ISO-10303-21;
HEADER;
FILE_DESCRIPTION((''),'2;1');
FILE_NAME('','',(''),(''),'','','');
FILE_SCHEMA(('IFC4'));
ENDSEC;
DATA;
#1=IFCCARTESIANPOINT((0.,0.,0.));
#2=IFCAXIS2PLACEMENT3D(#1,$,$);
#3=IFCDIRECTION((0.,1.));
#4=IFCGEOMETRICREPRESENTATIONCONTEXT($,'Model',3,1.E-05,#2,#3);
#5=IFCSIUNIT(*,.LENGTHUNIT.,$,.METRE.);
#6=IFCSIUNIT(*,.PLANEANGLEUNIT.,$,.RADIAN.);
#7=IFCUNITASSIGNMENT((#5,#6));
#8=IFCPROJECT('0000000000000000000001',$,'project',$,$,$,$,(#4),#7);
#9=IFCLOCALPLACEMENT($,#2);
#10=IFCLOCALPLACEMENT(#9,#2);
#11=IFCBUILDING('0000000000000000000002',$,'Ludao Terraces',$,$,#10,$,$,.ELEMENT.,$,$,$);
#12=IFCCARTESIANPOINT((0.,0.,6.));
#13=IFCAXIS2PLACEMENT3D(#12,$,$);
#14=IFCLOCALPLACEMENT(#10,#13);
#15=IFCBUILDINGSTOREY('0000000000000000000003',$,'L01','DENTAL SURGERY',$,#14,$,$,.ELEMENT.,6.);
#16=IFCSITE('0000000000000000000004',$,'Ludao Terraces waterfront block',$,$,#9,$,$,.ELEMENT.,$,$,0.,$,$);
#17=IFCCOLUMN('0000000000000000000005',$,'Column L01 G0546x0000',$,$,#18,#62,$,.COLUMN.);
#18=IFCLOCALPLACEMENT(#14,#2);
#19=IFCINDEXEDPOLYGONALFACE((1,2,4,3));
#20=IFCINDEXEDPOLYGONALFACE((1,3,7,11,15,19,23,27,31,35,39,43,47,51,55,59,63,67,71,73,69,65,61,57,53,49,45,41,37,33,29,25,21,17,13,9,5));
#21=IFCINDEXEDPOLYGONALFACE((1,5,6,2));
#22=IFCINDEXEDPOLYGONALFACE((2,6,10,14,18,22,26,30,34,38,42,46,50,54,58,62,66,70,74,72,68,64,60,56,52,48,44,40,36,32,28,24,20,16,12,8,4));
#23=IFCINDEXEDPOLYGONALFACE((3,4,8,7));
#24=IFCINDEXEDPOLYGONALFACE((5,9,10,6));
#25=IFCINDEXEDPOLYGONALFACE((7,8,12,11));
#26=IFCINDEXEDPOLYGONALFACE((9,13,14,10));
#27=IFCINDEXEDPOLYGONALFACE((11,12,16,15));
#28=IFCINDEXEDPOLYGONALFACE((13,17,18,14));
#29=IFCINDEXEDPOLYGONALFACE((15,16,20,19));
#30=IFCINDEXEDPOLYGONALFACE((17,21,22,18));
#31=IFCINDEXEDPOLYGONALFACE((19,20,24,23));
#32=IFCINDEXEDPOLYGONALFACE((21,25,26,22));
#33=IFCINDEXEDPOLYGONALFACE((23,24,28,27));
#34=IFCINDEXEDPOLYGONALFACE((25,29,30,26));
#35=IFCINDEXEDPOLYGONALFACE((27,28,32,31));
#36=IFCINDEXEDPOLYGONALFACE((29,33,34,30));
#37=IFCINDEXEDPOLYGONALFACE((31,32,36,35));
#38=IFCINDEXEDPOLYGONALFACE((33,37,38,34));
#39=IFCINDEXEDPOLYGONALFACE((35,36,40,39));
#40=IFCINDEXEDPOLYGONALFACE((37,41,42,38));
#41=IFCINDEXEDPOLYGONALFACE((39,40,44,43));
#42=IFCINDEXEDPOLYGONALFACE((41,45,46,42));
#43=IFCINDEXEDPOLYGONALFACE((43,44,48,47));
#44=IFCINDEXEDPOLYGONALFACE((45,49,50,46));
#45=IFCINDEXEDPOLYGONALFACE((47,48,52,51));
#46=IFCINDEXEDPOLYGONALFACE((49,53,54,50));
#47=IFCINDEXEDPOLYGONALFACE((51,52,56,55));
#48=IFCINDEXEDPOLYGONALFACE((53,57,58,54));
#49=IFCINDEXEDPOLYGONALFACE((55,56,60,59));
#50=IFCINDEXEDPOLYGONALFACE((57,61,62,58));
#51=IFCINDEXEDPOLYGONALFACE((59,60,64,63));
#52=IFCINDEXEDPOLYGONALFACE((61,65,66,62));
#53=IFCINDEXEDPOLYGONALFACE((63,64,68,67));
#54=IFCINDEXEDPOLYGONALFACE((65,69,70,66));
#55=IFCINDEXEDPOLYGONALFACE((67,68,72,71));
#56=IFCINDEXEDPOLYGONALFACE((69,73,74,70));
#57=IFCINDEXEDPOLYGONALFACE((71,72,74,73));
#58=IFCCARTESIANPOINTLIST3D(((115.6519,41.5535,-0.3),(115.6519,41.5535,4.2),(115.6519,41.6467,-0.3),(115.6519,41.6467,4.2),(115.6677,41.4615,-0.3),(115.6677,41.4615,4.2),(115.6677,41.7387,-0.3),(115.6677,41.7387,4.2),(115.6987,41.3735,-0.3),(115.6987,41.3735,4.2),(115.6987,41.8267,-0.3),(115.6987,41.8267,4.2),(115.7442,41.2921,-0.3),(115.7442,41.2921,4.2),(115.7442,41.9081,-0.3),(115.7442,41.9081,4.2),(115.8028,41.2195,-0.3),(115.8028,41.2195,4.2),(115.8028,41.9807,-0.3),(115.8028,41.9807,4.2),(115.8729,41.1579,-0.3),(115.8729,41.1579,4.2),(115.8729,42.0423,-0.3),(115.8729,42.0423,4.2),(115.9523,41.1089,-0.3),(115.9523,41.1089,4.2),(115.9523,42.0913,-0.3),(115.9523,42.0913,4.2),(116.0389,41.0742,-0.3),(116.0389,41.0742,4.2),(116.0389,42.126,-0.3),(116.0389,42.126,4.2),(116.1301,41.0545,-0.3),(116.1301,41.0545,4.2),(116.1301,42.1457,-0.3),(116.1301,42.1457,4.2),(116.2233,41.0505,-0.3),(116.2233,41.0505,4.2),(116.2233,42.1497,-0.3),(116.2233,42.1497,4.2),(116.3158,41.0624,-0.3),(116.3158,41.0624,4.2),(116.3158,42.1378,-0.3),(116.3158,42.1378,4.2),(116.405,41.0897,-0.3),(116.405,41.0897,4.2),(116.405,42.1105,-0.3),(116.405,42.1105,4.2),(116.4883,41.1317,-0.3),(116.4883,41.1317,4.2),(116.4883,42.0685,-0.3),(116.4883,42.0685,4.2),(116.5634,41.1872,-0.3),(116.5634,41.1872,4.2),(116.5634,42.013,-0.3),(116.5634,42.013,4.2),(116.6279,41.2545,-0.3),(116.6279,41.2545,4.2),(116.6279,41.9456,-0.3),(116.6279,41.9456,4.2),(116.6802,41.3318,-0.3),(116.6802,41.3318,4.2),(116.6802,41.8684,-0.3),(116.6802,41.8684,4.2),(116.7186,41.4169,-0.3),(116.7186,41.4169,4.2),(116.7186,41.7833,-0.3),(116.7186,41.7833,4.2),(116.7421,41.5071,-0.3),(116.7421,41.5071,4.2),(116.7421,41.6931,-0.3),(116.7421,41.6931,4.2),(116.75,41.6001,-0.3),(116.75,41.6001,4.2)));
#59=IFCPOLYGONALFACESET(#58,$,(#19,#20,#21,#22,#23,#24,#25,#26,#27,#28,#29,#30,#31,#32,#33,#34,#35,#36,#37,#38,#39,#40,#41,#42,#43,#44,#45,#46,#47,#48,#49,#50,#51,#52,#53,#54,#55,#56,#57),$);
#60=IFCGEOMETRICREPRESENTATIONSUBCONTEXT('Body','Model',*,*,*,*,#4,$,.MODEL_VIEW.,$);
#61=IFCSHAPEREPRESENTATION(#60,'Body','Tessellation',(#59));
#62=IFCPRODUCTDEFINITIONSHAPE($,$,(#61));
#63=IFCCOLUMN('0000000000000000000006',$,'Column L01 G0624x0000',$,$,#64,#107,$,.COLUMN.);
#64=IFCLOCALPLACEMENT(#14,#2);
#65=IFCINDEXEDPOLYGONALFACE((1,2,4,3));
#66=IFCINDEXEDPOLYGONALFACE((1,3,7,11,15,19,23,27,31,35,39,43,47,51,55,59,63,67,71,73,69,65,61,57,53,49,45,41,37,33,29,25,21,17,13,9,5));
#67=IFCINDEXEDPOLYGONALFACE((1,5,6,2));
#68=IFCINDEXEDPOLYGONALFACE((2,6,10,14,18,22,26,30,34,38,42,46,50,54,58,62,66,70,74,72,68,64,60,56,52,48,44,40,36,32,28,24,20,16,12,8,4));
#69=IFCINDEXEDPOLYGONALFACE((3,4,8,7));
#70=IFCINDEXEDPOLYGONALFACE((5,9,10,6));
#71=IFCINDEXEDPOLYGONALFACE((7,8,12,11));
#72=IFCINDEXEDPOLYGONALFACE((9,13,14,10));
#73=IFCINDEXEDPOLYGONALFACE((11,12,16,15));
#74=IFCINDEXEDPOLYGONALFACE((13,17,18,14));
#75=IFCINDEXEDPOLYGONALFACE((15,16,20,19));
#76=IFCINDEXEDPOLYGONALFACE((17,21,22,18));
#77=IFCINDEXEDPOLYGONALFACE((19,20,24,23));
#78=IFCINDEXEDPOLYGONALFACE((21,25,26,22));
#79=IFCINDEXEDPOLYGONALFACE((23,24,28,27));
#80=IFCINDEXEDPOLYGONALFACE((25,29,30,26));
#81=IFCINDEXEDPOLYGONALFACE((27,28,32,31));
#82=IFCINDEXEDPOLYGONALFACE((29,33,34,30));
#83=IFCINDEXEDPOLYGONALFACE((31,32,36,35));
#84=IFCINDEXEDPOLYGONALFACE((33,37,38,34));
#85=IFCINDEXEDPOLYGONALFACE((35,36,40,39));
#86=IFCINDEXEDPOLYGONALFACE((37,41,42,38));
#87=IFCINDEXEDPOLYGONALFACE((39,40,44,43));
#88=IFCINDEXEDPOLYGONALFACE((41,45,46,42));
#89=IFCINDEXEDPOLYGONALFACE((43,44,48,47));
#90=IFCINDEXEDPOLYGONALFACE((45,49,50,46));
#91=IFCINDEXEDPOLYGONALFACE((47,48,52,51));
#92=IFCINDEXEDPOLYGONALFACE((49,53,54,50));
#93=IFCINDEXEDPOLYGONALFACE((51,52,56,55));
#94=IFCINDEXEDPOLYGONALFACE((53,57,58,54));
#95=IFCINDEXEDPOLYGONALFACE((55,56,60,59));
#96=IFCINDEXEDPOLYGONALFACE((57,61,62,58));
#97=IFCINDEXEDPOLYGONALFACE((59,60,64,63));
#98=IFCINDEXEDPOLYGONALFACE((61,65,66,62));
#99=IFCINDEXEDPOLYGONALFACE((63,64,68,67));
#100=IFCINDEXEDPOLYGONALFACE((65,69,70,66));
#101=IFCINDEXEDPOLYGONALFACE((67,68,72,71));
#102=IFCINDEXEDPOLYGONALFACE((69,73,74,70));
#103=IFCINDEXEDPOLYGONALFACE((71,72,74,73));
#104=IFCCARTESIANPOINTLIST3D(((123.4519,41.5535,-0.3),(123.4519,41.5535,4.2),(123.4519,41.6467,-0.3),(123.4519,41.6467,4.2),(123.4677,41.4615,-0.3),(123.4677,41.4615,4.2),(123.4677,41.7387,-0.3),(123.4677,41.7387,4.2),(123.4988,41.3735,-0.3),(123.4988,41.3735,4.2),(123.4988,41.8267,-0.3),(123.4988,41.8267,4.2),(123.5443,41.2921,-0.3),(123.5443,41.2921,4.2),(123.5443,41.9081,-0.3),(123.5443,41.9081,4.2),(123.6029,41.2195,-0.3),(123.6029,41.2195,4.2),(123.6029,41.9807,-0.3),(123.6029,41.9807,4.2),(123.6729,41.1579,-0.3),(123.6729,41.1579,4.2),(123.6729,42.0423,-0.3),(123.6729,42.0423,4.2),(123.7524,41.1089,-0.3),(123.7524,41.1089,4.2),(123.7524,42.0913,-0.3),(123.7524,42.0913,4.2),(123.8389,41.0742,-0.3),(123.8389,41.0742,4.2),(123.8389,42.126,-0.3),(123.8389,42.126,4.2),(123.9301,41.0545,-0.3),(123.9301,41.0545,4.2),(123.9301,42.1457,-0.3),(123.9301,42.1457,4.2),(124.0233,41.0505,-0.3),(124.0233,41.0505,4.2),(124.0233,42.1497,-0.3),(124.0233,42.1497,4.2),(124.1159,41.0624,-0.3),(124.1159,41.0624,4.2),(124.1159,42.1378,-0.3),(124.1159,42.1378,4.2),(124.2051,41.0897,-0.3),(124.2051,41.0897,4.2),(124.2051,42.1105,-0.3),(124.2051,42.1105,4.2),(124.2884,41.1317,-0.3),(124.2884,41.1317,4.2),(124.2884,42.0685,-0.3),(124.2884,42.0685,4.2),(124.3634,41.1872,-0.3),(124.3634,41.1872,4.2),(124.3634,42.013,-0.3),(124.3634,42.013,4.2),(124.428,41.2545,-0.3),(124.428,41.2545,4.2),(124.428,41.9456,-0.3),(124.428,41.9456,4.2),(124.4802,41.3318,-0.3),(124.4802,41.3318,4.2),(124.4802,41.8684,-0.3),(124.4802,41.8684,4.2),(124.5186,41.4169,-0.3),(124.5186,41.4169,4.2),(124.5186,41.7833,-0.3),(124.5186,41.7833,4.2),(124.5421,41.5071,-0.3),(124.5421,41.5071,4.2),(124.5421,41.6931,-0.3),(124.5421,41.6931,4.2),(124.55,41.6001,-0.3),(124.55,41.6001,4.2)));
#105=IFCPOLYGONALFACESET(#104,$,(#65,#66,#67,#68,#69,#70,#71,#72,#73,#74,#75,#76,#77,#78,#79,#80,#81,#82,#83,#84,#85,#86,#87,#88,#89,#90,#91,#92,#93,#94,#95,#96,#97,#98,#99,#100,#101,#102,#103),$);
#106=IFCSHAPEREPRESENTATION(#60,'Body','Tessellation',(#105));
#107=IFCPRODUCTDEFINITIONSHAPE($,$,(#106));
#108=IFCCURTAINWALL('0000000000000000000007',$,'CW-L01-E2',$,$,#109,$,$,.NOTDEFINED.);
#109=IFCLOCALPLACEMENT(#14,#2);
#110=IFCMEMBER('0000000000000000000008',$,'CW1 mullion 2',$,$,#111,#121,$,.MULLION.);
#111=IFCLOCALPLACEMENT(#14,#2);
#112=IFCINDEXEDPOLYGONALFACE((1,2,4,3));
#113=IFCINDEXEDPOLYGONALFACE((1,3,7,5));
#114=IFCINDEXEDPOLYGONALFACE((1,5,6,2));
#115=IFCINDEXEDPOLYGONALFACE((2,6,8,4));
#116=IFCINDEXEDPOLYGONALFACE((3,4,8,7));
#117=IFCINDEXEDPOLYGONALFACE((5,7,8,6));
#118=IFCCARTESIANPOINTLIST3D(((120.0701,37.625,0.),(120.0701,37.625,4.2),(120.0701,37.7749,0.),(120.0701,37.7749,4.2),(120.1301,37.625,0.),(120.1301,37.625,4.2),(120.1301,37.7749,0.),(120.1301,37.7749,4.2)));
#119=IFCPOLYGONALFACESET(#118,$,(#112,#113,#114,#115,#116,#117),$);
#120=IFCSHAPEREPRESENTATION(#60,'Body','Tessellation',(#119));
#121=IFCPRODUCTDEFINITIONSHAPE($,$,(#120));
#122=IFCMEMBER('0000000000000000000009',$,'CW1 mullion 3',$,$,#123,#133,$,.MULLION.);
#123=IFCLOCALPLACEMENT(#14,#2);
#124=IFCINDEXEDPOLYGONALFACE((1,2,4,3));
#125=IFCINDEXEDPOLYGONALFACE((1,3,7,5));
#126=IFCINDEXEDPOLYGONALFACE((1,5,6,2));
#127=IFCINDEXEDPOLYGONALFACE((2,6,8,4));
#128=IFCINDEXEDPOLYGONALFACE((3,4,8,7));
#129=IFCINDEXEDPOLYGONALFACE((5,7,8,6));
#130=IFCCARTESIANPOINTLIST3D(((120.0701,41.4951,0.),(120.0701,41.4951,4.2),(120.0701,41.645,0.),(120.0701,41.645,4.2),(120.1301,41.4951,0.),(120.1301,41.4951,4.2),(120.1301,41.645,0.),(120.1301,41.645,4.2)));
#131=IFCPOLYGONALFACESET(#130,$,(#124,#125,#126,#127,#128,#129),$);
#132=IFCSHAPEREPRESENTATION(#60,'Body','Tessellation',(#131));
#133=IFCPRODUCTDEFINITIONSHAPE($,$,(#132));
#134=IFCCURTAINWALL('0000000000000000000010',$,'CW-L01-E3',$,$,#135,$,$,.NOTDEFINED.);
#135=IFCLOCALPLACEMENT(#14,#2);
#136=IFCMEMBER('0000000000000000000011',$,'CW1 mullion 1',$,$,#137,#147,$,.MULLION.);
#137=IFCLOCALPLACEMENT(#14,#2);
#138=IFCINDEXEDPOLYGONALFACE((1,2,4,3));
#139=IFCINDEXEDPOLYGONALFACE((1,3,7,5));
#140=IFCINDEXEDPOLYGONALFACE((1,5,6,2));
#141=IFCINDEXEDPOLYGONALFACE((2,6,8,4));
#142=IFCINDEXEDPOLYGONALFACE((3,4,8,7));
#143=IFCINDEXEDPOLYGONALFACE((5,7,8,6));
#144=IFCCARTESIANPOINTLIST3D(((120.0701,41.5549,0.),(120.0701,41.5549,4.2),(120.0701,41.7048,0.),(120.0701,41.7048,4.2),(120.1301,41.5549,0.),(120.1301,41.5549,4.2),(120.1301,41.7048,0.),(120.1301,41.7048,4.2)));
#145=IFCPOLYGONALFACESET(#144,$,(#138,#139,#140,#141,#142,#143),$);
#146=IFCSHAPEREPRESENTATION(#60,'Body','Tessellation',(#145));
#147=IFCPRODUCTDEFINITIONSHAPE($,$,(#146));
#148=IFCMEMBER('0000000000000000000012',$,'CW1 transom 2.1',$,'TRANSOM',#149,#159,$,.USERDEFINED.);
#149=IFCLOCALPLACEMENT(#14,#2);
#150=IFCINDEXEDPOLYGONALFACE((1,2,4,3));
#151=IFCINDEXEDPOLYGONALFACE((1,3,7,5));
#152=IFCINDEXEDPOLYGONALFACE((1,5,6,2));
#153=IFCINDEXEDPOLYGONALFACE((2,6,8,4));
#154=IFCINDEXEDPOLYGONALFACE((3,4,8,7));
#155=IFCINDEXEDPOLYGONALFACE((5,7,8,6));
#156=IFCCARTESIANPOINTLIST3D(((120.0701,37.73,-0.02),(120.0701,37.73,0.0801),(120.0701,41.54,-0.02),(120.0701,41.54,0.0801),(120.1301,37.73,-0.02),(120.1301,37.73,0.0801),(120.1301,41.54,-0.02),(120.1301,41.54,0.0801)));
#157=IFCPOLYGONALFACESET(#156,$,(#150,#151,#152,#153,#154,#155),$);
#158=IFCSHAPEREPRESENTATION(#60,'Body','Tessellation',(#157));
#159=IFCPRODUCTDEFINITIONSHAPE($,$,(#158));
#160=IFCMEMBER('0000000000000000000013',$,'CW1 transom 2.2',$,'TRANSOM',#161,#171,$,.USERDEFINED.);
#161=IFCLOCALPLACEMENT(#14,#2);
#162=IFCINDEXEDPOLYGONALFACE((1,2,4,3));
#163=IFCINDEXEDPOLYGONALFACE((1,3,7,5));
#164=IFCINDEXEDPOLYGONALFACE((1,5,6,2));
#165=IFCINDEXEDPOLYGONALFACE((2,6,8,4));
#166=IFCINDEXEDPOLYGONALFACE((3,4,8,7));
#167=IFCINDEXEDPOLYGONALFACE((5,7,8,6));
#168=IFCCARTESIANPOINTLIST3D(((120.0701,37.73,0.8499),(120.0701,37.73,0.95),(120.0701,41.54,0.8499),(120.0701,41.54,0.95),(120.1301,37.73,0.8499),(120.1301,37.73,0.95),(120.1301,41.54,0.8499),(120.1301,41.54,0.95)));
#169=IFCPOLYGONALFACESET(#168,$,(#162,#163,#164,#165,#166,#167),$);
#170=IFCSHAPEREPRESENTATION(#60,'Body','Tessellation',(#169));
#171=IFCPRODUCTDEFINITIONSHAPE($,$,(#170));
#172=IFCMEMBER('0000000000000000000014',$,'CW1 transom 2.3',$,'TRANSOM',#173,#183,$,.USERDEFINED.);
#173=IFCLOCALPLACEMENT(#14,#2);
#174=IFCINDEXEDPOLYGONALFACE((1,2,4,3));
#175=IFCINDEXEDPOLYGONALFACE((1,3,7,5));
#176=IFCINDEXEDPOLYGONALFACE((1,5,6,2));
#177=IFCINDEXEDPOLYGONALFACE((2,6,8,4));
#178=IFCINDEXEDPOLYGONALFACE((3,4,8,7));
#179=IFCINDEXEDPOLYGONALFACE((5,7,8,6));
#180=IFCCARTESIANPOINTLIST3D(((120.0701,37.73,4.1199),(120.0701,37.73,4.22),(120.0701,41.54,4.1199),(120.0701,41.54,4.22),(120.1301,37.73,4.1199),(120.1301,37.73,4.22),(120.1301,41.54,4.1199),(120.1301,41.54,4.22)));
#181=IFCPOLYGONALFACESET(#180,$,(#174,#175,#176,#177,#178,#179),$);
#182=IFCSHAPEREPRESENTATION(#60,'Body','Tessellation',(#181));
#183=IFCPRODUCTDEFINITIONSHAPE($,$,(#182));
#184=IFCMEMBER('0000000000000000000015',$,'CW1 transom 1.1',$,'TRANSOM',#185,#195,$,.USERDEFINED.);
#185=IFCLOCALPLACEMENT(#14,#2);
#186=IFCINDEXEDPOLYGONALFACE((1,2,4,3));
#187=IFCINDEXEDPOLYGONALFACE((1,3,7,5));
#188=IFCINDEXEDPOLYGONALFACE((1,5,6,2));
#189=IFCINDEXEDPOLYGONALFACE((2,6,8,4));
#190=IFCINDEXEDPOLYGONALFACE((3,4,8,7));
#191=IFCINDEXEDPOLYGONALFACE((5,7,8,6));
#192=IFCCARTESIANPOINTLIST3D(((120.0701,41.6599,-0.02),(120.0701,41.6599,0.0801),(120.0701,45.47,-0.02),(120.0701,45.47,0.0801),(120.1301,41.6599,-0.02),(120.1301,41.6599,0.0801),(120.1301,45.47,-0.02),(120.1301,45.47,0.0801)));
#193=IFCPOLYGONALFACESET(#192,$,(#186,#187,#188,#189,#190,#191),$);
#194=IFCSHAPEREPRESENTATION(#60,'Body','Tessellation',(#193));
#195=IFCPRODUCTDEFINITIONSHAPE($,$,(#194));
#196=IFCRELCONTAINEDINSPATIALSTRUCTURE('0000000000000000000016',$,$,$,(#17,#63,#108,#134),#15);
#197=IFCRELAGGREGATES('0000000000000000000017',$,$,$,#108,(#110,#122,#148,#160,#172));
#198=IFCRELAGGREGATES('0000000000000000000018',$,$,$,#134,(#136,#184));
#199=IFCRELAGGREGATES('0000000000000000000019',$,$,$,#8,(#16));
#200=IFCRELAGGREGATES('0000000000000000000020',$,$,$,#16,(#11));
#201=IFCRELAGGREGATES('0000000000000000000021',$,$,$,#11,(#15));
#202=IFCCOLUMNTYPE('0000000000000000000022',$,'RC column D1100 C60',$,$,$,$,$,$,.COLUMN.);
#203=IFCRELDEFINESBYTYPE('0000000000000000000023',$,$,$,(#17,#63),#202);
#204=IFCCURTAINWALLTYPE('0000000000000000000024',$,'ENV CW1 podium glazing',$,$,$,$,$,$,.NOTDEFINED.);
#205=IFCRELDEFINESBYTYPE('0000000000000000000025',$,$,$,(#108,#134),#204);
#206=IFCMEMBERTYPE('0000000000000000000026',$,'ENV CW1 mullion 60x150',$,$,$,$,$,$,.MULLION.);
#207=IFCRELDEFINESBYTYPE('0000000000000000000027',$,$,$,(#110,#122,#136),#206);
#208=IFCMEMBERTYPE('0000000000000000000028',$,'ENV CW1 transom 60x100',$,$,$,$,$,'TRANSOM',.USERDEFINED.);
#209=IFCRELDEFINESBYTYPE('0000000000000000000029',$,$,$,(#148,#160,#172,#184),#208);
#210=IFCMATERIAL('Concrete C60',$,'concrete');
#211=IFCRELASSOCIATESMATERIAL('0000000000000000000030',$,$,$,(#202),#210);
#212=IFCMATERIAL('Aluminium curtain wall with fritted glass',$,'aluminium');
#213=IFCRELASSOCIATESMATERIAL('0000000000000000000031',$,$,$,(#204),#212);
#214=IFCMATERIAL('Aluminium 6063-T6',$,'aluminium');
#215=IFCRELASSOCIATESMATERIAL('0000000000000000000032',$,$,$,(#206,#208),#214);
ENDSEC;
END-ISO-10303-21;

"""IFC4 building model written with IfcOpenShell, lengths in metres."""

from ifc_helpers import new_model, si_unit, direction, frame, origin, origin_2d, place, context, subcontext, project, spatial, rectangle, circle, extrude, material, material_profile, profile_set, type_object, element, aggregate, save


model = new_model("IFC4")

# Units and contexts
model_context = context("Model", 3, precision=1e-05, world=origin(), true_north=direction((0.0, 1.0)))
body_context = subcontext(model_context, "Body", "Model", "MODEL_VIEW")
ifc_project = project(units=[si_unit("LENGTHUNIT", "METRE"), si_unit("PLANEANGLEUNIT", "RADIAN")], contexts=[model_context])

# Site, building, storey
site_placement = place(None, origin())
site = spatial("IfcSite", under=ifc_project, at=site_placement, Name="Ludao Terraces waterfront block", CompositionType="ELEMENT", RefElevation=0.0)
building_placement = place(site_placement, origin())
building = spatial("IfcBuilding", under=site, at=building_placement, Name="Ludao Terraces", CompositionType="ELEMENT")
storey_placement = place(building_placement, frame((0.0, 0.0, 6.0)))
storey = spatial("IfcBuildingStorey", under=building, at=storey_placement, Name="L01", Description="DENTAL SURGERY", CompositionType="ELEMENT", Elevation=6.0)

# Columns
ifc_material_1 = material(Name="Concrete C60", Category="concrete")
ifc_material_profile_1 = material_profile(ifc_material_1, circle(Radius=0.55, at=origin_2d()), Name="D1100")
ifc_profile_set_1 = profile_set([ifc_material_profile_1], Name="Concrete C60")
column_type = type_object("IfcColumnType", Name="RC column D1100 C60", PredefinedType="COLUMN", material=ifc_profile_set_1)
for number, where, z_axis, x_axis, name in (
    (1, (116.2, 41.6001, -0.3), (0.0, 0.0, 1.0), (1.0, 0.0, 0.0), "Column L01 G0546x0000"),
    (2, (124.0, 41.6001, -0.3), (0.0, 0.0, 1.0), (1.0, 0.0, 0.0), "Column L01 G0624x0000"),
):
    element("IfcColumn", number, at=place(storey_placement, frame(where, z_axis=z_axis, x_axis=x_axis)), inside=storey, type_object=column_type, Name=name, PredefinedType="COLUMN", context=body_context, shape_type="SweptSolid", body=[
        extrude(circle(Radius=0.55, at=origin_2d()), origin(), (0.0, 0.0, 1.0), 4.5),
    ])

# Curtain wall, members
ifc_material_2 = material(Name="Aluminium curtain wall with fritted glass", Category="aluminium")
curtain_wall_type = type_object("IfcCurtainWallType", Name="ENV CW1 podium glazing", PredefinedType="NOTDEFINED", material=ifc_material_2)
curtain_wall_1_placement = place(storey_placement, origin())
curtain_wall_1 = element("IfcCurtainWall", 3, at=curtain_wall_1_placement, inside=storey, type_object=curtain_wall_type, Name="CW-L01-E2", PredefinedType="NOTDEFINED")
ifc_material_3 = material(Name="Aluminium 6063-T6", Category="aluminium")
ifc_material_profile_2 = material_profile(ifc_material_3, rectangle(XDim=0.0601, YDim=0.1499, at=origin_2d()), Name="60 X 150")
ifc_profile_set_2 = profile_set([ifc_material_profile_2], Name="Aluminium 6063-T6")
member_type_1 = type_object("IfcMemberType", Name="ENV CW1 mullion 60x150", PredefinedType="MULLION", material=ifc_profile_set_2)
member_1_placement = place(storey_placement, frame((120.1001, 37.7, 0.0), z_axis=(0.0, 0.0, 1.0), x_axis=(-1.0, 0.0, 0.0)))
member_1 = element("IfcMember", 4, at=member_1_placement, type_object=member_type_1, Name="CW1 mullion 2", PredefinedType="MULLION", context=body_context, shape_type="SweptSolid", body=[
    extrude(rectangle(XDim=0.0601, YDim=0.1499, at=origin_2d()), origin(), (0.0, 0.0, 1.0), 4.2),
])
member_2_placement = place(storey_placement, frame((120.1001, 41.5701, 0.0), z_axis=(0.0, 0.0, 1.0), x_axis=(-1.0, 0.0, 0.0)))
member_2 = element("IfcMember", 5, at=member_2_placement, type_object=member_type_1, Name="CW1 mullion 3", PredefinedType="MULLION", context=body_context, shape_type="SweptSolid", body=[
    extrude(rectangle(XDim=0.0601, YDim=0.1499, at=origin_2d()), origin(), (0.0, 0.0, 1.0), 4.2),
])

# Curtain wall, member
curtain_wall_2_placement = place(storey_placement, origin())
curtain_wall_2 = element("IfcCurtainWall", 6, at=curtain_wall_2_placement, inside=storey, type_object=curtain_wall_type, Name="CW-L01-E3", PredefinedType="NOTDEFINED")
member_3_placement = place(storey_placement, frame((120.1001, 41.6299, 0.0), z_axis=(0.0, 0.0, 1.0), x_axis=(-1.0, 0.0, 0.0)))
member_3 = element("IfcMember", 7, at=member_3_placement, type_object=member_type_1, Name="CW1 mullion 1", PredefinedType="MULLION", context=body_context, shape_type="SweptSolid", body=[
    extrude(rectangle(XDim=0.0601, YDim=0.1499, at=origin_2d()), origin(), (0.0, 0.0, 1.0), 4.2),
])

# Members
ifc_material_profile_3 = material_profile(ifc_material_3, rectangle(XDim=0.0601, YDim=0.1001, at=origin_2d()), Name="60 X 100")
ifc_profile_set_3 = profile_set([ifc_material_profile_3], Name="Aluminium 6063-T6")
member_type_2 = type_object("IfcMemberType", Name="ENV CW1 transom 60x100", ElementType="TRANSOM", PredefinedType="USERDEFINED", material=ifc_profile_set_3)
member_4_placement = place(storey_placement, frame((120.1001, 37.73, 0.03), z_axis=(0.0, 1.0, 0.0), x_axis=(-1.0, 0.0, 0.0)))
member_4 = element("IfcMember", 8, at=member_4_placement, type_object=member_type_2, Name="CW1 transom 2.1", ObjectType="TRANSOM", PredefinedType="USERDEFINED", context=body_context, shape_type="SweptSolid", body=[
    extrude(rectangle(XDim=0.0601, YDim=0.1001, at=origin_2d()), origin(), (0.0, 0.0, 1.0), 3.8101),
])
member_5_placement = place(storey_placement, frame((120.1001, 37.73, 0.8999), z_axis=(0.0, 1.0, 0.0), x_axis=(-1.0, 0.0, 0.0)))
member_5 = element("IfcMember", 9, at=member_5_placement, type_object=member_type_2, Name="CW1 transom 2.2", ObjectType="TRANSOM", PredefinedType="USERDEFINED", context=body_context, shape_type="SweptSolid", body=[
    extrude(rectangle(XDim=0.0601, YDim=0.1001, at=origin_2d()), origin(), (0.0, 0.0, 1.0), 3.8101),
])
member_6_placement = place(storey_placement, frame((120.1001, 37.73, 4.1699), z_axis=(0.0, 1.0, 0.0), x_axis=(-1.0, 0.0, 0.0)))
member_6 = element("IfcMember", 10, at=member_6_placement, type_object=member_type_2, Name="CW1 transom 2.3", ObjectType="TRANSOM", PredefinedType="USERDEFINED", context=body_context, shape_type="SweptSolid", body=[
    extrude(rectangle(XDim=0.0601, YDim=0.1001, at=origin_2d()), origin(), (0.0, 0.0, 1.0), 3.8101),
])
member_7_placement = place(storey_placement, frame((120.1001, 41.6599, 0.03), z_axis=(0.0, 1.0, 0.0), x_axis=(-1.0, 0.0, 0.0)))
member_7 = element("IfcMember", 11, at=member_7_placement, type_object=member_type_2, Name="CW1 transom 1.1", ObjectType="TRANSOM", PredefinedType="USERDEFINED", context=body_context, shape_type="SweptSolid", body=[
    extrude(rectangle(XDim=0.0601, YDim=0.1001, at=origin_2d()), origin(), (0.0, 0.0, 1.0), 3.8101),
])

aggregate(curtain_wall_1, [member_1, member_2, member_4, member_5, member_6])
aggregate(curtain_wall_2, [member_3, member_7])

save(model, "model.ifc")
